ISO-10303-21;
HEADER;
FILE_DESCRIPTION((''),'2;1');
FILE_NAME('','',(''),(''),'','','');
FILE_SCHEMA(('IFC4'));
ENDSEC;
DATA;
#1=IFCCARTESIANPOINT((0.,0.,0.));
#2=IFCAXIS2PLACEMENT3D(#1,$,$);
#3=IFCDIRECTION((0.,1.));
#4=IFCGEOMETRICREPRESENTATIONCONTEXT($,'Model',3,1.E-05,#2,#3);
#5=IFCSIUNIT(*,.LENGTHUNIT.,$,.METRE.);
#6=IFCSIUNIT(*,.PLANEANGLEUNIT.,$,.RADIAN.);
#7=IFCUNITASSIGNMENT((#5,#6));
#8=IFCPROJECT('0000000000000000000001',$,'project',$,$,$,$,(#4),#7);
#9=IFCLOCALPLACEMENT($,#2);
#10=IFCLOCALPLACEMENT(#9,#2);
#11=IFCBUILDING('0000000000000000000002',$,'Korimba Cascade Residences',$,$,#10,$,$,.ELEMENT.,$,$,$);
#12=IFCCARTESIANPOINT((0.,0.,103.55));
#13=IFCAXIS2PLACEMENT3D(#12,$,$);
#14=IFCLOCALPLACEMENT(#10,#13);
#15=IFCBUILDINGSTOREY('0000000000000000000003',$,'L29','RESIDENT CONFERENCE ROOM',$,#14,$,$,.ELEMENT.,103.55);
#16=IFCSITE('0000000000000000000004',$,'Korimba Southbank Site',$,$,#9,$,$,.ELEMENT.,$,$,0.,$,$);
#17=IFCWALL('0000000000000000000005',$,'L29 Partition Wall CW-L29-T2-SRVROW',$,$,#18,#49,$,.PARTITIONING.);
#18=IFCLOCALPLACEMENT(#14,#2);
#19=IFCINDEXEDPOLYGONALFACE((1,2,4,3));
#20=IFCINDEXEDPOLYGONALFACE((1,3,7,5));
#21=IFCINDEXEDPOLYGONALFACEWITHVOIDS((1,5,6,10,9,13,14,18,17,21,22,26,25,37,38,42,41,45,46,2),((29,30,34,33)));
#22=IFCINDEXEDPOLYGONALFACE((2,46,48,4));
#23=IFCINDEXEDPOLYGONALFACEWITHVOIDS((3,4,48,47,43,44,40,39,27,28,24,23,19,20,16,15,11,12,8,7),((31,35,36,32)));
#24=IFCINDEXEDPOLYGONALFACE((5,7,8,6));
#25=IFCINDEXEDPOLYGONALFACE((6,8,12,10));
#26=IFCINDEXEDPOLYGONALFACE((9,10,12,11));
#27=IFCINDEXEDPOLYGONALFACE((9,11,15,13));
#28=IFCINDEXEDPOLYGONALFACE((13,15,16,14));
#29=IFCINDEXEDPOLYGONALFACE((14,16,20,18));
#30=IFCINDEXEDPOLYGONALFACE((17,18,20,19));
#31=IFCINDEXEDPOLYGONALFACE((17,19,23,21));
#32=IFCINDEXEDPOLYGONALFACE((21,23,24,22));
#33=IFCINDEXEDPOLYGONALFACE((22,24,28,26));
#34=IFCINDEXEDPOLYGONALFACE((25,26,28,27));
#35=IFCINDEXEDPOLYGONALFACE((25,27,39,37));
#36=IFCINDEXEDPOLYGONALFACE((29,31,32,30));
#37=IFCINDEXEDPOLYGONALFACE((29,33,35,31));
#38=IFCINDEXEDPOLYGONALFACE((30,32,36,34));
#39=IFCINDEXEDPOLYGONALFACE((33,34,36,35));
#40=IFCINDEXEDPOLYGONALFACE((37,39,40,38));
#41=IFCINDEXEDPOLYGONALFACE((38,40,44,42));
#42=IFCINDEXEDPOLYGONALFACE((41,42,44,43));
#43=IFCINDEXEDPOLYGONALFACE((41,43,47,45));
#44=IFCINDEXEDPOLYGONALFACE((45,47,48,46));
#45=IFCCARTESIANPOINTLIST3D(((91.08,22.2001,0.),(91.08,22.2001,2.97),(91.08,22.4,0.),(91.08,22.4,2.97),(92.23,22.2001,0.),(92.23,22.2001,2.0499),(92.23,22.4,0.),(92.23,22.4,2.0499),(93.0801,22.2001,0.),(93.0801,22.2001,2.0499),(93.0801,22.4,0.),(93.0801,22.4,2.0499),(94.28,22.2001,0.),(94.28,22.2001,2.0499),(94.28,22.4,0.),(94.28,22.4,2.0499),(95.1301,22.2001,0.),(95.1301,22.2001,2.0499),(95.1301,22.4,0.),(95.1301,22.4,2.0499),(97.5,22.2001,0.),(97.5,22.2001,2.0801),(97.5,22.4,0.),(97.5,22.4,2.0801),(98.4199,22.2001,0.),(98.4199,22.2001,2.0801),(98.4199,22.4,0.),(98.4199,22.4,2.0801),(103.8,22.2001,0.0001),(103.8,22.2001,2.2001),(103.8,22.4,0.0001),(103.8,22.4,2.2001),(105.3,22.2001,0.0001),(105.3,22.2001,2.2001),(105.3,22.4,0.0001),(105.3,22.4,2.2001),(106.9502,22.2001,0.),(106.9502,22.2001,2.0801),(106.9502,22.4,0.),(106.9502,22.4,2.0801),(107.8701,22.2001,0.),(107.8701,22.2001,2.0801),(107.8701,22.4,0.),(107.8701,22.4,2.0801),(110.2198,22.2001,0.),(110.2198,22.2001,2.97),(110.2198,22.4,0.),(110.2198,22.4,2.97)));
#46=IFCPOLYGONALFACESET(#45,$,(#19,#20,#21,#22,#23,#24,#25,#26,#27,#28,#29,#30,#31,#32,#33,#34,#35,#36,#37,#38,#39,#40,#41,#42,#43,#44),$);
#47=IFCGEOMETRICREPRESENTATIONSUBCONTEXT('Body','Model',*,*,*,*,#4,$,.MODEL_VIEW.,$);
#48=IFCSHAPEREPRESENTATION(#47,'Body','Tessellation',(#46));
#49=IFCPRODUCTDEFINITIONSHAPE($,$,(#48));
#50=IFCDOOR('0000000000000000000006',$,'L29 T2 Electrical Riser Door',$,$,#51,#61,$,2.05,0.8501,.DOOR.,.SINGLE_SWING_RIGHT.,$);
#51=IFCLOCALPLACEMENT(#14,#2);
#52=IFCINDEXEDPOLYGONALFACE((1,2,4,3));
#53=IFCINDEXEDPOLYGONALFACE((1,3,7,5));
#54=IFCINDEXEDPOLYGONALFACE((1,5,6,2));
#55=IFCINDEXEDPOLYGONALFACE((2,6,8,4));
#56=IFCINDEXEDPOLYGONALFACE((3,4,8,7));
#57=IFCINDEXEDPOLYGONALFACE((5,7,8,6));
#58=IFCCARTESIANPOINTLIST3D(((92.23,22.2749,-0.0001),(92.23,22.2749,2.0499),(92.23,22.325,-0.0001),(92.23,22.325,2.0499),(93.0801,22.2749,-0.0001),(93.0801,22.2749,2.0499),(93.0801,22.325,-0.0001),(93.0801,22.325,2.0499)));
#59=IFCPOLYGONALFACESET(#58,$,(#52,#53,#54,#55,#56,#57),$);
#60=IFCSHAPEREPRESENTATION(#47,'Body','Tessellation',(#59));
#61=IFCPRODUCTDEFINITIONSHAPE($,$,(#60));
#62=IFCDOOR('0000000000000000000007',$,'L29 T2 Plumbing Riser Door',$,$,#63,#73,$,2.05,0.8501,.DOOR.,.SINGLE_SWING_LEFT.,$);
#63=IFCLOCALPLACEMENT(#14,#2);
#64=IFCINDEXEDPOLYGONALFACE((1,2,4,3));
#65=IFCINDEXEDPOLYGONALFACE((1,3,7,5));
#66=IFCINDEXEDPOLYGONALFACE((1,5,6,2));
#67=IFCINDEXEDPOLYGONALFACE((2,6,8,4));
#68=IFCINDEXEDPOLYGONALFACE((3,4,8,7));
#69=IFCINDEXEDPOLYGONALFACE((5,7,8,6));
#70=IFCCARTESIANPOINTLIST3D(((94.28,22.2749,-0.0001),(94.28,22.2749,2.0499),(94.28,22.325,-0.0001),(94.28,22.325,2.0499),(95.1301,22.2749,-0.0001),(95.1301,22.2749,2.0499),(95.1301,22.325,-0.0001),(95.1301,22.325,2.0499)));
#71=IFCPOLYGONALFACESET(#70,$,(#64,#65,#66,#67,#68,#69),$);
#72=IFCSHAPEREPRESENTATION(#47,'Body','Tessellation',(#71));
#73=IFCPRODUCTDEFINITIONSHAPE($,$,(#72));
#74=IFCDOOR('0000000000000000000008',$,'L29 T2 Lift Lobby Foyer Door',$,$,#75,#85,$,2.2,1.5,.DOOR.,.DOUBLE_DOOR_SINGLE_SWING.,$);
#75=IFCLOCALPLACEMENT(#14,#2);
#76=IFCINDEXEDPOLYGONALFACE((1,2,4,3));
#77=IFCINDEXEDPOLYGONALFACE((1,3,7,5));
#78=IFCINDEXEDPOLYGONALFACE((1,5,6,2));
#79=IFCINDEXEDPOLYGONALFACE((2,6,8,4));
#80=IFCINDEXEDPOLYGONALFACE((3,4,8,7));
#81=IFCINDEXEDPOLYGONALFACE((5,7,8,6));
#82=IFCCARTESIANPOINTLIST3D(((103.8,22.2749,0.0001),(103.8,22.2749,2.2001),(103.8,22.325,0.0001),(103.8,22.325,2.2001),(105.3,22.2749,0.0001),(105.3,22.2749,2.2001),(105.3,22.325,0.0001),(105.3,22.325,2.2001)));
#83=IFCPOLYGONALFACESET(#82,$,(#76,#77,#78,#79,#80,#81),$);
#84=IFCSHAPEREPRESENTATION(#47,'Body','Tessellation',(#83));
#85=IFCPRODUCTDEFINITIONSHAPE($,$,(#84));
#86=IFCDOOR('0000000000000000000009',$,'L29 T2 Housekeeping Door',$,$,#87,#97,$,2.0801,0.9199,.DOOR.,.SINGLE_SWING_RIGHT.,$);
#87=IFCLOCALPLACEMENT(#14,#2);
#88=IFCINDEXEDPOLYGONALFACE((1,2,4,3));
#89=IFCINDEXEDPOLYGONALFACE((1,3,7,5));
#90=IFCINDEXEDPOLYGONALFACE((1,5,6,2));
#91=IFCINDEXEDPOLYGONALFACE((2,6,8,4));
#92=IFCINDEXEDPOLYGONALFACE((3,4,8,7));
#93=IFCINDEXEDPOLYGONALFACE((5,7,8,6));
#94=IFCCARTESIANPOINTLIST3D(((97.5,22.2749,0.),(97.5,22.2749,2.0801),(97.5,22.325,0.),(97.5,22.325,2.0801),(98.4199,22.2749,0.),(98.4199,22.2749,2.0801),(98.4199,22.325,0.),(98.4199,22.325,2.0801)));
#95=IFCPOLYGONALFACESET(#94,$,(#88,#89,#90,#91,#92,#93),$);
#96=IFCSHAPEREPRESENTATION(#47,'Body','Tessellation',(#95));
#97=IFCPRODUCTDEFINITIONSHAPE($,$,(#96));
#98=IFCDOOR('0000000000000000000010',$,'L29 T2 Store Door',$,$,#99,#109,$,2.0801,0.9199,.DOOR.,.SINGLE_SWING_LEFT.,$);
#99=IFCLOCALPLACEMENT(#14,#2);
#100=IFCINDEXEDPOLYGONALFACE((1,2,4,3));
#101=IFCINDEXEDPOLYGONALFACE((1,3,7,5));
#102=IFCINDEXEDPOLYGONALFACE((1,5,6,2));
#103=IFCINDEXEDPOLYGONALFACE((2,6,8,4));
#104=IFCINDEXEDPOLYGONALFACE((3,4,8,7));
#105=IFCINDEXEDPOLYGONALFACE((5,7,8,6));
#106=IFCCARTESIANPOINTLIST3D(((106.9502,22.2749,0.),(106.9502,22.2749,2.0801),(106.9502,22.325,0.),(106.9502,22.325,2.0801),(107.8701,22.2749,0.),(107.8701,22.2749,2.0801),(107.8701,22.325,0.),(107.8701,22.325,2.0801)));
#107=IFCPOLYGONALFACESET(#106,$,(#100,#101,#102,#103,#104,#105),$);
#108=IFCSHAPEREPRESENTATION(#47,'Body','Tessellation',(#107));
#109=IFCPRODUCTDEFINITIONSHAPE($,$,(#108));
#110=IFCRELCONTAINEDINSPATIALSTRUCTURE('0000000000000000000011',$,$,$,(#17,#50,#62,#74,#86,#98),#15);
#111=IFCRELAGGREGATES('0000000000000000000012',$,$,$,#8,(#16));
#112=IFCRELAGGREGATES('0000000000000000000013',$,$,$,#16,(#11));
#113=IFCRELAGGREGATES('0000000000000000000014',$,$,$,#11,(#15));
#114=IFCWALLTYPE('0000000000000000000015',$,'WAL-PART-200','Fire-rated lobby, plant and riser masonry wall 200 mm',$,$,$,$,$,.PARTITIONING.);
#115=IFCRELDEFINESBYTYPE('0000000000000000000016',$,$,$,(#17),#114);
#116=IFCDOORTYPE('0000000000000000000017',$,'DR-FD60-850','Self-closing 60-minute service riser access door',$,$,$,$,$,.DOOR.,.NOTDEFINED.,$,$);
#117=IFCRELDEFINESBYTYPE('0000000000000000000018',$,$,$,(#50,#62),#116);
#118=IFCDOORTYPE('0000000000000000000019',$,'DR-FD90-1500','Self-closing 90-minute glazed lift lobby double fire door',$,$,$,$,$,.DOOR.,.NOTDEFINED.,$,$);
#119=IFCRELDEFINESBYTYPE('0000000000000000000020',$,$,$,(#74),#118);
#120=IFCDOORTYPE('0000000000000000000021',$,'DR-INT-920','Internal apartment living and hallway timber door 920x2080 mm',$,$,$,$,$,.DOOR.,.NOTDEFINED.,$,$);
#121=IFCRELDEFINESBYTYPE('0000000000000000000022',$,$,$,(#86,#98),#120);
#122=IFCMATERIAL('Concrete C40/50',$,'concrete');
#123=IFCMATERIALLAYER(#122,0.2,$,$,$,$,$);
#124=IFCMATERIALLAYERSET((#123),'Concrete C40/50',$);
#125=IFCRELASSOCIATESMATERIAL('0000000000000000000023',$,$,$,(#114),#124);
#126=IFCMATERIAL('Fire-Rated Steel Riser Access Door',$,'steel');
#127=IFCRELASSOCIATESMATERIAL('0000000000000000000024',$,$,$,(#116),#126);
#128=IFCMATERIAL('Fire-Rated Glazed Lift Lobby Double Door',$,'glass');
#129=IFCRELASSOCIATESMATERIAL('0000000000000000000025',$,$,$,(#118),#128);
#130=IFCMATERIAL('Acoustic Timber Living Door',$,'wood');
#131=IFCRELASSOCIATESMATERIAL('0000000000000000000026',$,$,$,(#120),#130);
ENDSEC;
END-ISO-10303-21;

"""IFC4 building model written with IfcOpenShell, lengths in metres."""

from ifc_helpers import new_model, si_unit, direction, frame, frame_2d, origin, place, context, subcontext, project, spatial, rectangle, extrude, material, layer, layer_set, type_object, element, fill, save


model = new_model("IFC4")

# Units and contexts
model_context = context("Model", 3, precision=1e-05, world=origin(), true_north=direction((0.0, 1.0)))
body_context = subcontext(model_context, "Body", "Model", "MODEL_VIEW")
ifc_project = project(units=[si_unit("LENGTHUNIT", "METRE"), si_unit("PLANEANGLEUNIT", "RADIAN")], contexts=[model_context])

# Site, building, storey
site_placement = place(None, origin())
site = spatial("IfcSite", under=ifc_project, at=site_placement, Name="Korimba Southbank Site", CompositionType="ELEMENT", RefElevation=0.0)
building_placement = place(site_placement, origin())
building = spatial("IfcBuilding", under=site, at=building_placement, Name="Korimba Cascade Residences", CompositionType="ELEMENT")
storey_placement = place(building_placement, frame((0.0, 0.0, 103.55)))
storey = spatial("IfcBuildingStorey", under=building, at=storey_placement, Name="L29", Description="RESIDENT CONFERENCE ROOM", CompositionType="ELEMENT", Elevation=103.55)

# Shared definitions
ifc_material_1 = material(Name="Concrete C40/50", Category="concrete")
ifc_layer_1 = layer(ifc_material_1, 0.2)
ifc_layer_set_1 = layer_set([ifc_layer_1], Name="Concrete C40/50")
wall_type_1 = type_object("IfcWallType", Name="WAL-PART-200", Description="Fire-rated lobby, plant and riser masonry wall 200 mm", PredefinedType="PARTITIONING", material=ifc_layer_set_1)

# Wall, openings, doors
wall_1_placement = place(storey_placement, frame((91.0801, 22.3, 0.0), z_axis=(0.0, 0.0, 1.0), x_axis=(1.0, 0.0, 0.0)))
wall_1 = element("IfcWall", 1, at=wall_1_placement, inside=storey, type_object=wall_type_1, Name="L29 Partition Wall CW-L29-T2-SRVROW", PredefinedType="PARTITIONING", context=body_context, shape_type="SweptSolid", body=[
    extrude(rectangle(XDim=19.1399, YDim=0.2, at=frame_2d((9.5698, 0.0))), origin(), (0.0, 0.0, 1.0), 2.97),
])
opening_1_placement = place(wall_1_placement, frame((1.1499, 0.0, 0.0)))
opening_1 = element("IfcOpeningElement", 2, at=opening_1_placement, cuts=wall_1, PredefinedType="OPENING", context=body_context, shape_type="SweptSolid", body=[
    extrude(rectangle(XDim=0.8501, YDim=2.05, at=frame_2d((0.425, 1.0249))), frame((0.0, 0.1099, 0.0), z_axis=(0.0, -1.0, 0.0), x_axis=(1.0, 0.0, 0.0)), (0.0, 0.0, 1.0), 0.22),
])
opening_2_placement = place(wall_1_placement, frame((3.2, 0.0, 0.0)))
opening_2 = element("IfcOpeningElement", 3, at=opening_2_placement, cuts=wall_1, PredefinedType="OPENING", context=body_context, shape_type="SweptSolid", body=[
    extrude(rectangle(XDim=0.8501, YDim=2.05, at=frame_2d((0.425, 1.0249))), frame((0.0, 0.1099, 0.0), z_axis=(0.0, -1.0, 0.0), x_axis=(1.0, 0.0, 0.0)), (0.0, 0.0, 1.0), 0.22),
])
opening_3_placement = place(wall_1_placement, frame((12.72, 0.0, 0.0)))
opening_3 = element("IfcOpeningElement", 4, at=opening_3_placement, cuts=wall_1, PredefinedType="OPENING", context=body_context, shape_type="SweptSolid", body=[
    extrude(rectangle(XDim=1.5, YDim=2.2, at=frame_2d((0.75, 1.1001))), frame((0.0, 0.1099, 0.0), z_axis=(0.0, -1.0, 0.0), x_axis=(1.0, 0.0, 0.0)), (0.0, 0.0, 1.0), 0.22),
])
opening_4_placement = place(wall_1_placement, frame((6.4199, 0.0, 0.0)))
opening_4 = element("IfcOpeningElement", 5, at=opening_4_placement, cuts=wall_1, PredefinedType="OPENING", context=body_context, shape_type="SweptSolid", body=[
    extrude(rectangle(XDim=0.9199, YDim=2.0801, at=frame_2d((0.46, 1.04))), frame((0.0, 0.1099, 0.0), z_axis=(0.0, -1.0, 0.0), x_axis=(1.0, 0.0, 0.0)), (0.0, 0.0, 1.0), 0.22),
])
opening_5_placement = place(wall_1_placement, frame((15.8701, 0.0, 0.0)))
opening_5 = element("IfcOpeningElement", 6, at=opening_5_placement, cuts=wall_1, PredefinedType="OPENING", context=body_context, shape_type="SweptSolid", body=[
    extrude(rectangle(XDim=0.9199, YDim=2.0801, at=frame_2d((0.46, 1.04))), frame((0.0, 0.1099, 0.0), z_axis=(0.0, -1.0, 0.0), x_axis=(1.0, 0.0, 0.0)), (0.0, 0.0, 1.0), 0.22),
])
ifc_material_2 = material(Name="Fire-Rated Steel Riser Access Door", Category="steel")
door_type_1 = type_object("IfcDoorType", Name="DR-FD60-850", Description="Self-closing 60-minute service riser access door", OperationType="NOTDEFINED", PredefinedType="DOOR", material=ifc_material_2)
door_1_placement = place(opening_1_placement, origin())
door_1 = element("IfcDoor", 7, at=door_1_placement, inside=storey, type_object=door_type_1, Name="L29 T2 Electrical Riser Door", OperationType="SINGLE_SWING_RIGHT", OverallHeight=2.05, OverallWidth=0.8501, PredefinedType="DOOR", context=body_context, shape_type="SweptSolid", body=[
    extrude(rectangle(XDim=0.8501, YDim=2.05, at=frame_2d((0.425, 1.0249))), frame((0.0, 0.0249, 0.0), z_axis=(0.0, -1.0, 0.0), x_axis=(1.0, 0.0, 0.0)), (0.0, 0.0, 1.0), 0.05),
])
fill(opening_1, door_1)
door_2_placement = place(opening_2_placement, origin())
door_2 = element("IfcDoor", 8, at=door_2_placement, inside=storey, type_object=door_type_1, Name="L29 T2 Plumbing Riser Door", OperationType="SINGLE_SWING_LEFT", OverallHeight=2.05, OverallWidth=0.8501, PredefinedType="DOOR", context=body_context, shape_type="SweptSolid", body=[
    extrude(rectangle(XDim=0.8501, YDim=2.05, at=frame_2d((0.425, 1.0249))), frame((0.0, 0.0249, 0.0), z_axis=(0.0, -1.0, 0.0), x_axis=(1.0, 0.0, 0.0)), (0.0, 0.0, 1.0), 0.05),
])
fill(opening_2, door_2)
ifc_material_3 = material(Name="Fire-Rated Glazed Lift Lobby Double Door", Category="glass")
door_type_2 = type_object("IfcDoorType", Name="DR-FD90-1500", Description="Self-closing 90-minute glazed lift lobby double fire door", OperationType="NOTDEFINED", PredefinedType="DOOR", material=ifc_material_3)
door_3_placement = place(opening_3_placement, origin())
door_3 = element("IfcDoor", 9, at=door_3_placement, inside=storey, type_object=door_type_2, Name="L29 T2 Lift Lobby Foyer Door", OperationType="DOUBLE_DOOR_SINGLE_SWING", OverallHeight=2.2, OverallWidth=1.5, PredefinedType="DOOR", context=body_context, shape_type="SweptSolid", body=[
    extrude(rectangle(XDim=1.5, YDim=2.2, at=frame_2d((0.75, 1.1001))), frame((0.0, 0.0249, 0.0), z_axis=(0.0, -1.0, 0.0), x_axis=(1.0, 0.0, 0.0)), (0.0, 0.0, 1.0), 0.05),
])
fill(opening_3, door_3)
ifc_material_4 = material(Name="Acoustic Timber Living Door", Category="wood")
door_type_3 = type_object("IfcDoorType", Name="DR-INT-920", Description="Internal apartment living and hallway timber door 920x2080 mm", OperationType="NOTDEFINED", PredefinedType="DOOR", material=ifc_material_4)
door_4_placement = place(opening_4_placement, origin())
door_4 = element("IfcDoor", 10, at=door_4_placement, inside=storey, type_object=door_type_3, Name="L29 T2 Housekeeping Door", OperationType="SINGLE_SWING_RIGHT", OverallHeight=2.0801, OverallWidth=0.9199, PredefinedType="DOOR", context=body_context, shape_type="SweptSolid", body=[
    extrude(rectangle(XDim=0.9199, YDim=2.0801, at=frame_2d((0.46, 1.04))), frame((0.0, 0.0249, 0.0), z_axis=(0.0, -1.0, 0.0), x_axis=(1.0, 0.0, 0.0)), (0.0, 0.0, 1.0), 0.05),
])
fill(opening_4, door_4)
door_5_placement = place(opening_5_placement, origin())
door_5 = element("IfcDoor", 11, at=door_5_placement, inside=storey, type_object=door_type_3, Name="L29 T2 Store Door", OperationType="SINGLE_SWING_LEFT", OverallHeight=2.0801, OverallWidth=0.9199, PredefinedType="DOOR", context=body_context, shape_type="SweptSolid", body=[
    extrude(rectangle(XDim=0.9199, YDim=2.0801, at=frame_2d((0.46, 1.04))), frame((0.0, 0.0249, 0.0), z_axis=(0.0, -1.0, 0.0), x_axis=(1.0, 0.0, 0.0)), (0.0, 0.0, 1.0), 0.05),
])
fill(opening_5, door_5)

save(model, "model.ifc")
